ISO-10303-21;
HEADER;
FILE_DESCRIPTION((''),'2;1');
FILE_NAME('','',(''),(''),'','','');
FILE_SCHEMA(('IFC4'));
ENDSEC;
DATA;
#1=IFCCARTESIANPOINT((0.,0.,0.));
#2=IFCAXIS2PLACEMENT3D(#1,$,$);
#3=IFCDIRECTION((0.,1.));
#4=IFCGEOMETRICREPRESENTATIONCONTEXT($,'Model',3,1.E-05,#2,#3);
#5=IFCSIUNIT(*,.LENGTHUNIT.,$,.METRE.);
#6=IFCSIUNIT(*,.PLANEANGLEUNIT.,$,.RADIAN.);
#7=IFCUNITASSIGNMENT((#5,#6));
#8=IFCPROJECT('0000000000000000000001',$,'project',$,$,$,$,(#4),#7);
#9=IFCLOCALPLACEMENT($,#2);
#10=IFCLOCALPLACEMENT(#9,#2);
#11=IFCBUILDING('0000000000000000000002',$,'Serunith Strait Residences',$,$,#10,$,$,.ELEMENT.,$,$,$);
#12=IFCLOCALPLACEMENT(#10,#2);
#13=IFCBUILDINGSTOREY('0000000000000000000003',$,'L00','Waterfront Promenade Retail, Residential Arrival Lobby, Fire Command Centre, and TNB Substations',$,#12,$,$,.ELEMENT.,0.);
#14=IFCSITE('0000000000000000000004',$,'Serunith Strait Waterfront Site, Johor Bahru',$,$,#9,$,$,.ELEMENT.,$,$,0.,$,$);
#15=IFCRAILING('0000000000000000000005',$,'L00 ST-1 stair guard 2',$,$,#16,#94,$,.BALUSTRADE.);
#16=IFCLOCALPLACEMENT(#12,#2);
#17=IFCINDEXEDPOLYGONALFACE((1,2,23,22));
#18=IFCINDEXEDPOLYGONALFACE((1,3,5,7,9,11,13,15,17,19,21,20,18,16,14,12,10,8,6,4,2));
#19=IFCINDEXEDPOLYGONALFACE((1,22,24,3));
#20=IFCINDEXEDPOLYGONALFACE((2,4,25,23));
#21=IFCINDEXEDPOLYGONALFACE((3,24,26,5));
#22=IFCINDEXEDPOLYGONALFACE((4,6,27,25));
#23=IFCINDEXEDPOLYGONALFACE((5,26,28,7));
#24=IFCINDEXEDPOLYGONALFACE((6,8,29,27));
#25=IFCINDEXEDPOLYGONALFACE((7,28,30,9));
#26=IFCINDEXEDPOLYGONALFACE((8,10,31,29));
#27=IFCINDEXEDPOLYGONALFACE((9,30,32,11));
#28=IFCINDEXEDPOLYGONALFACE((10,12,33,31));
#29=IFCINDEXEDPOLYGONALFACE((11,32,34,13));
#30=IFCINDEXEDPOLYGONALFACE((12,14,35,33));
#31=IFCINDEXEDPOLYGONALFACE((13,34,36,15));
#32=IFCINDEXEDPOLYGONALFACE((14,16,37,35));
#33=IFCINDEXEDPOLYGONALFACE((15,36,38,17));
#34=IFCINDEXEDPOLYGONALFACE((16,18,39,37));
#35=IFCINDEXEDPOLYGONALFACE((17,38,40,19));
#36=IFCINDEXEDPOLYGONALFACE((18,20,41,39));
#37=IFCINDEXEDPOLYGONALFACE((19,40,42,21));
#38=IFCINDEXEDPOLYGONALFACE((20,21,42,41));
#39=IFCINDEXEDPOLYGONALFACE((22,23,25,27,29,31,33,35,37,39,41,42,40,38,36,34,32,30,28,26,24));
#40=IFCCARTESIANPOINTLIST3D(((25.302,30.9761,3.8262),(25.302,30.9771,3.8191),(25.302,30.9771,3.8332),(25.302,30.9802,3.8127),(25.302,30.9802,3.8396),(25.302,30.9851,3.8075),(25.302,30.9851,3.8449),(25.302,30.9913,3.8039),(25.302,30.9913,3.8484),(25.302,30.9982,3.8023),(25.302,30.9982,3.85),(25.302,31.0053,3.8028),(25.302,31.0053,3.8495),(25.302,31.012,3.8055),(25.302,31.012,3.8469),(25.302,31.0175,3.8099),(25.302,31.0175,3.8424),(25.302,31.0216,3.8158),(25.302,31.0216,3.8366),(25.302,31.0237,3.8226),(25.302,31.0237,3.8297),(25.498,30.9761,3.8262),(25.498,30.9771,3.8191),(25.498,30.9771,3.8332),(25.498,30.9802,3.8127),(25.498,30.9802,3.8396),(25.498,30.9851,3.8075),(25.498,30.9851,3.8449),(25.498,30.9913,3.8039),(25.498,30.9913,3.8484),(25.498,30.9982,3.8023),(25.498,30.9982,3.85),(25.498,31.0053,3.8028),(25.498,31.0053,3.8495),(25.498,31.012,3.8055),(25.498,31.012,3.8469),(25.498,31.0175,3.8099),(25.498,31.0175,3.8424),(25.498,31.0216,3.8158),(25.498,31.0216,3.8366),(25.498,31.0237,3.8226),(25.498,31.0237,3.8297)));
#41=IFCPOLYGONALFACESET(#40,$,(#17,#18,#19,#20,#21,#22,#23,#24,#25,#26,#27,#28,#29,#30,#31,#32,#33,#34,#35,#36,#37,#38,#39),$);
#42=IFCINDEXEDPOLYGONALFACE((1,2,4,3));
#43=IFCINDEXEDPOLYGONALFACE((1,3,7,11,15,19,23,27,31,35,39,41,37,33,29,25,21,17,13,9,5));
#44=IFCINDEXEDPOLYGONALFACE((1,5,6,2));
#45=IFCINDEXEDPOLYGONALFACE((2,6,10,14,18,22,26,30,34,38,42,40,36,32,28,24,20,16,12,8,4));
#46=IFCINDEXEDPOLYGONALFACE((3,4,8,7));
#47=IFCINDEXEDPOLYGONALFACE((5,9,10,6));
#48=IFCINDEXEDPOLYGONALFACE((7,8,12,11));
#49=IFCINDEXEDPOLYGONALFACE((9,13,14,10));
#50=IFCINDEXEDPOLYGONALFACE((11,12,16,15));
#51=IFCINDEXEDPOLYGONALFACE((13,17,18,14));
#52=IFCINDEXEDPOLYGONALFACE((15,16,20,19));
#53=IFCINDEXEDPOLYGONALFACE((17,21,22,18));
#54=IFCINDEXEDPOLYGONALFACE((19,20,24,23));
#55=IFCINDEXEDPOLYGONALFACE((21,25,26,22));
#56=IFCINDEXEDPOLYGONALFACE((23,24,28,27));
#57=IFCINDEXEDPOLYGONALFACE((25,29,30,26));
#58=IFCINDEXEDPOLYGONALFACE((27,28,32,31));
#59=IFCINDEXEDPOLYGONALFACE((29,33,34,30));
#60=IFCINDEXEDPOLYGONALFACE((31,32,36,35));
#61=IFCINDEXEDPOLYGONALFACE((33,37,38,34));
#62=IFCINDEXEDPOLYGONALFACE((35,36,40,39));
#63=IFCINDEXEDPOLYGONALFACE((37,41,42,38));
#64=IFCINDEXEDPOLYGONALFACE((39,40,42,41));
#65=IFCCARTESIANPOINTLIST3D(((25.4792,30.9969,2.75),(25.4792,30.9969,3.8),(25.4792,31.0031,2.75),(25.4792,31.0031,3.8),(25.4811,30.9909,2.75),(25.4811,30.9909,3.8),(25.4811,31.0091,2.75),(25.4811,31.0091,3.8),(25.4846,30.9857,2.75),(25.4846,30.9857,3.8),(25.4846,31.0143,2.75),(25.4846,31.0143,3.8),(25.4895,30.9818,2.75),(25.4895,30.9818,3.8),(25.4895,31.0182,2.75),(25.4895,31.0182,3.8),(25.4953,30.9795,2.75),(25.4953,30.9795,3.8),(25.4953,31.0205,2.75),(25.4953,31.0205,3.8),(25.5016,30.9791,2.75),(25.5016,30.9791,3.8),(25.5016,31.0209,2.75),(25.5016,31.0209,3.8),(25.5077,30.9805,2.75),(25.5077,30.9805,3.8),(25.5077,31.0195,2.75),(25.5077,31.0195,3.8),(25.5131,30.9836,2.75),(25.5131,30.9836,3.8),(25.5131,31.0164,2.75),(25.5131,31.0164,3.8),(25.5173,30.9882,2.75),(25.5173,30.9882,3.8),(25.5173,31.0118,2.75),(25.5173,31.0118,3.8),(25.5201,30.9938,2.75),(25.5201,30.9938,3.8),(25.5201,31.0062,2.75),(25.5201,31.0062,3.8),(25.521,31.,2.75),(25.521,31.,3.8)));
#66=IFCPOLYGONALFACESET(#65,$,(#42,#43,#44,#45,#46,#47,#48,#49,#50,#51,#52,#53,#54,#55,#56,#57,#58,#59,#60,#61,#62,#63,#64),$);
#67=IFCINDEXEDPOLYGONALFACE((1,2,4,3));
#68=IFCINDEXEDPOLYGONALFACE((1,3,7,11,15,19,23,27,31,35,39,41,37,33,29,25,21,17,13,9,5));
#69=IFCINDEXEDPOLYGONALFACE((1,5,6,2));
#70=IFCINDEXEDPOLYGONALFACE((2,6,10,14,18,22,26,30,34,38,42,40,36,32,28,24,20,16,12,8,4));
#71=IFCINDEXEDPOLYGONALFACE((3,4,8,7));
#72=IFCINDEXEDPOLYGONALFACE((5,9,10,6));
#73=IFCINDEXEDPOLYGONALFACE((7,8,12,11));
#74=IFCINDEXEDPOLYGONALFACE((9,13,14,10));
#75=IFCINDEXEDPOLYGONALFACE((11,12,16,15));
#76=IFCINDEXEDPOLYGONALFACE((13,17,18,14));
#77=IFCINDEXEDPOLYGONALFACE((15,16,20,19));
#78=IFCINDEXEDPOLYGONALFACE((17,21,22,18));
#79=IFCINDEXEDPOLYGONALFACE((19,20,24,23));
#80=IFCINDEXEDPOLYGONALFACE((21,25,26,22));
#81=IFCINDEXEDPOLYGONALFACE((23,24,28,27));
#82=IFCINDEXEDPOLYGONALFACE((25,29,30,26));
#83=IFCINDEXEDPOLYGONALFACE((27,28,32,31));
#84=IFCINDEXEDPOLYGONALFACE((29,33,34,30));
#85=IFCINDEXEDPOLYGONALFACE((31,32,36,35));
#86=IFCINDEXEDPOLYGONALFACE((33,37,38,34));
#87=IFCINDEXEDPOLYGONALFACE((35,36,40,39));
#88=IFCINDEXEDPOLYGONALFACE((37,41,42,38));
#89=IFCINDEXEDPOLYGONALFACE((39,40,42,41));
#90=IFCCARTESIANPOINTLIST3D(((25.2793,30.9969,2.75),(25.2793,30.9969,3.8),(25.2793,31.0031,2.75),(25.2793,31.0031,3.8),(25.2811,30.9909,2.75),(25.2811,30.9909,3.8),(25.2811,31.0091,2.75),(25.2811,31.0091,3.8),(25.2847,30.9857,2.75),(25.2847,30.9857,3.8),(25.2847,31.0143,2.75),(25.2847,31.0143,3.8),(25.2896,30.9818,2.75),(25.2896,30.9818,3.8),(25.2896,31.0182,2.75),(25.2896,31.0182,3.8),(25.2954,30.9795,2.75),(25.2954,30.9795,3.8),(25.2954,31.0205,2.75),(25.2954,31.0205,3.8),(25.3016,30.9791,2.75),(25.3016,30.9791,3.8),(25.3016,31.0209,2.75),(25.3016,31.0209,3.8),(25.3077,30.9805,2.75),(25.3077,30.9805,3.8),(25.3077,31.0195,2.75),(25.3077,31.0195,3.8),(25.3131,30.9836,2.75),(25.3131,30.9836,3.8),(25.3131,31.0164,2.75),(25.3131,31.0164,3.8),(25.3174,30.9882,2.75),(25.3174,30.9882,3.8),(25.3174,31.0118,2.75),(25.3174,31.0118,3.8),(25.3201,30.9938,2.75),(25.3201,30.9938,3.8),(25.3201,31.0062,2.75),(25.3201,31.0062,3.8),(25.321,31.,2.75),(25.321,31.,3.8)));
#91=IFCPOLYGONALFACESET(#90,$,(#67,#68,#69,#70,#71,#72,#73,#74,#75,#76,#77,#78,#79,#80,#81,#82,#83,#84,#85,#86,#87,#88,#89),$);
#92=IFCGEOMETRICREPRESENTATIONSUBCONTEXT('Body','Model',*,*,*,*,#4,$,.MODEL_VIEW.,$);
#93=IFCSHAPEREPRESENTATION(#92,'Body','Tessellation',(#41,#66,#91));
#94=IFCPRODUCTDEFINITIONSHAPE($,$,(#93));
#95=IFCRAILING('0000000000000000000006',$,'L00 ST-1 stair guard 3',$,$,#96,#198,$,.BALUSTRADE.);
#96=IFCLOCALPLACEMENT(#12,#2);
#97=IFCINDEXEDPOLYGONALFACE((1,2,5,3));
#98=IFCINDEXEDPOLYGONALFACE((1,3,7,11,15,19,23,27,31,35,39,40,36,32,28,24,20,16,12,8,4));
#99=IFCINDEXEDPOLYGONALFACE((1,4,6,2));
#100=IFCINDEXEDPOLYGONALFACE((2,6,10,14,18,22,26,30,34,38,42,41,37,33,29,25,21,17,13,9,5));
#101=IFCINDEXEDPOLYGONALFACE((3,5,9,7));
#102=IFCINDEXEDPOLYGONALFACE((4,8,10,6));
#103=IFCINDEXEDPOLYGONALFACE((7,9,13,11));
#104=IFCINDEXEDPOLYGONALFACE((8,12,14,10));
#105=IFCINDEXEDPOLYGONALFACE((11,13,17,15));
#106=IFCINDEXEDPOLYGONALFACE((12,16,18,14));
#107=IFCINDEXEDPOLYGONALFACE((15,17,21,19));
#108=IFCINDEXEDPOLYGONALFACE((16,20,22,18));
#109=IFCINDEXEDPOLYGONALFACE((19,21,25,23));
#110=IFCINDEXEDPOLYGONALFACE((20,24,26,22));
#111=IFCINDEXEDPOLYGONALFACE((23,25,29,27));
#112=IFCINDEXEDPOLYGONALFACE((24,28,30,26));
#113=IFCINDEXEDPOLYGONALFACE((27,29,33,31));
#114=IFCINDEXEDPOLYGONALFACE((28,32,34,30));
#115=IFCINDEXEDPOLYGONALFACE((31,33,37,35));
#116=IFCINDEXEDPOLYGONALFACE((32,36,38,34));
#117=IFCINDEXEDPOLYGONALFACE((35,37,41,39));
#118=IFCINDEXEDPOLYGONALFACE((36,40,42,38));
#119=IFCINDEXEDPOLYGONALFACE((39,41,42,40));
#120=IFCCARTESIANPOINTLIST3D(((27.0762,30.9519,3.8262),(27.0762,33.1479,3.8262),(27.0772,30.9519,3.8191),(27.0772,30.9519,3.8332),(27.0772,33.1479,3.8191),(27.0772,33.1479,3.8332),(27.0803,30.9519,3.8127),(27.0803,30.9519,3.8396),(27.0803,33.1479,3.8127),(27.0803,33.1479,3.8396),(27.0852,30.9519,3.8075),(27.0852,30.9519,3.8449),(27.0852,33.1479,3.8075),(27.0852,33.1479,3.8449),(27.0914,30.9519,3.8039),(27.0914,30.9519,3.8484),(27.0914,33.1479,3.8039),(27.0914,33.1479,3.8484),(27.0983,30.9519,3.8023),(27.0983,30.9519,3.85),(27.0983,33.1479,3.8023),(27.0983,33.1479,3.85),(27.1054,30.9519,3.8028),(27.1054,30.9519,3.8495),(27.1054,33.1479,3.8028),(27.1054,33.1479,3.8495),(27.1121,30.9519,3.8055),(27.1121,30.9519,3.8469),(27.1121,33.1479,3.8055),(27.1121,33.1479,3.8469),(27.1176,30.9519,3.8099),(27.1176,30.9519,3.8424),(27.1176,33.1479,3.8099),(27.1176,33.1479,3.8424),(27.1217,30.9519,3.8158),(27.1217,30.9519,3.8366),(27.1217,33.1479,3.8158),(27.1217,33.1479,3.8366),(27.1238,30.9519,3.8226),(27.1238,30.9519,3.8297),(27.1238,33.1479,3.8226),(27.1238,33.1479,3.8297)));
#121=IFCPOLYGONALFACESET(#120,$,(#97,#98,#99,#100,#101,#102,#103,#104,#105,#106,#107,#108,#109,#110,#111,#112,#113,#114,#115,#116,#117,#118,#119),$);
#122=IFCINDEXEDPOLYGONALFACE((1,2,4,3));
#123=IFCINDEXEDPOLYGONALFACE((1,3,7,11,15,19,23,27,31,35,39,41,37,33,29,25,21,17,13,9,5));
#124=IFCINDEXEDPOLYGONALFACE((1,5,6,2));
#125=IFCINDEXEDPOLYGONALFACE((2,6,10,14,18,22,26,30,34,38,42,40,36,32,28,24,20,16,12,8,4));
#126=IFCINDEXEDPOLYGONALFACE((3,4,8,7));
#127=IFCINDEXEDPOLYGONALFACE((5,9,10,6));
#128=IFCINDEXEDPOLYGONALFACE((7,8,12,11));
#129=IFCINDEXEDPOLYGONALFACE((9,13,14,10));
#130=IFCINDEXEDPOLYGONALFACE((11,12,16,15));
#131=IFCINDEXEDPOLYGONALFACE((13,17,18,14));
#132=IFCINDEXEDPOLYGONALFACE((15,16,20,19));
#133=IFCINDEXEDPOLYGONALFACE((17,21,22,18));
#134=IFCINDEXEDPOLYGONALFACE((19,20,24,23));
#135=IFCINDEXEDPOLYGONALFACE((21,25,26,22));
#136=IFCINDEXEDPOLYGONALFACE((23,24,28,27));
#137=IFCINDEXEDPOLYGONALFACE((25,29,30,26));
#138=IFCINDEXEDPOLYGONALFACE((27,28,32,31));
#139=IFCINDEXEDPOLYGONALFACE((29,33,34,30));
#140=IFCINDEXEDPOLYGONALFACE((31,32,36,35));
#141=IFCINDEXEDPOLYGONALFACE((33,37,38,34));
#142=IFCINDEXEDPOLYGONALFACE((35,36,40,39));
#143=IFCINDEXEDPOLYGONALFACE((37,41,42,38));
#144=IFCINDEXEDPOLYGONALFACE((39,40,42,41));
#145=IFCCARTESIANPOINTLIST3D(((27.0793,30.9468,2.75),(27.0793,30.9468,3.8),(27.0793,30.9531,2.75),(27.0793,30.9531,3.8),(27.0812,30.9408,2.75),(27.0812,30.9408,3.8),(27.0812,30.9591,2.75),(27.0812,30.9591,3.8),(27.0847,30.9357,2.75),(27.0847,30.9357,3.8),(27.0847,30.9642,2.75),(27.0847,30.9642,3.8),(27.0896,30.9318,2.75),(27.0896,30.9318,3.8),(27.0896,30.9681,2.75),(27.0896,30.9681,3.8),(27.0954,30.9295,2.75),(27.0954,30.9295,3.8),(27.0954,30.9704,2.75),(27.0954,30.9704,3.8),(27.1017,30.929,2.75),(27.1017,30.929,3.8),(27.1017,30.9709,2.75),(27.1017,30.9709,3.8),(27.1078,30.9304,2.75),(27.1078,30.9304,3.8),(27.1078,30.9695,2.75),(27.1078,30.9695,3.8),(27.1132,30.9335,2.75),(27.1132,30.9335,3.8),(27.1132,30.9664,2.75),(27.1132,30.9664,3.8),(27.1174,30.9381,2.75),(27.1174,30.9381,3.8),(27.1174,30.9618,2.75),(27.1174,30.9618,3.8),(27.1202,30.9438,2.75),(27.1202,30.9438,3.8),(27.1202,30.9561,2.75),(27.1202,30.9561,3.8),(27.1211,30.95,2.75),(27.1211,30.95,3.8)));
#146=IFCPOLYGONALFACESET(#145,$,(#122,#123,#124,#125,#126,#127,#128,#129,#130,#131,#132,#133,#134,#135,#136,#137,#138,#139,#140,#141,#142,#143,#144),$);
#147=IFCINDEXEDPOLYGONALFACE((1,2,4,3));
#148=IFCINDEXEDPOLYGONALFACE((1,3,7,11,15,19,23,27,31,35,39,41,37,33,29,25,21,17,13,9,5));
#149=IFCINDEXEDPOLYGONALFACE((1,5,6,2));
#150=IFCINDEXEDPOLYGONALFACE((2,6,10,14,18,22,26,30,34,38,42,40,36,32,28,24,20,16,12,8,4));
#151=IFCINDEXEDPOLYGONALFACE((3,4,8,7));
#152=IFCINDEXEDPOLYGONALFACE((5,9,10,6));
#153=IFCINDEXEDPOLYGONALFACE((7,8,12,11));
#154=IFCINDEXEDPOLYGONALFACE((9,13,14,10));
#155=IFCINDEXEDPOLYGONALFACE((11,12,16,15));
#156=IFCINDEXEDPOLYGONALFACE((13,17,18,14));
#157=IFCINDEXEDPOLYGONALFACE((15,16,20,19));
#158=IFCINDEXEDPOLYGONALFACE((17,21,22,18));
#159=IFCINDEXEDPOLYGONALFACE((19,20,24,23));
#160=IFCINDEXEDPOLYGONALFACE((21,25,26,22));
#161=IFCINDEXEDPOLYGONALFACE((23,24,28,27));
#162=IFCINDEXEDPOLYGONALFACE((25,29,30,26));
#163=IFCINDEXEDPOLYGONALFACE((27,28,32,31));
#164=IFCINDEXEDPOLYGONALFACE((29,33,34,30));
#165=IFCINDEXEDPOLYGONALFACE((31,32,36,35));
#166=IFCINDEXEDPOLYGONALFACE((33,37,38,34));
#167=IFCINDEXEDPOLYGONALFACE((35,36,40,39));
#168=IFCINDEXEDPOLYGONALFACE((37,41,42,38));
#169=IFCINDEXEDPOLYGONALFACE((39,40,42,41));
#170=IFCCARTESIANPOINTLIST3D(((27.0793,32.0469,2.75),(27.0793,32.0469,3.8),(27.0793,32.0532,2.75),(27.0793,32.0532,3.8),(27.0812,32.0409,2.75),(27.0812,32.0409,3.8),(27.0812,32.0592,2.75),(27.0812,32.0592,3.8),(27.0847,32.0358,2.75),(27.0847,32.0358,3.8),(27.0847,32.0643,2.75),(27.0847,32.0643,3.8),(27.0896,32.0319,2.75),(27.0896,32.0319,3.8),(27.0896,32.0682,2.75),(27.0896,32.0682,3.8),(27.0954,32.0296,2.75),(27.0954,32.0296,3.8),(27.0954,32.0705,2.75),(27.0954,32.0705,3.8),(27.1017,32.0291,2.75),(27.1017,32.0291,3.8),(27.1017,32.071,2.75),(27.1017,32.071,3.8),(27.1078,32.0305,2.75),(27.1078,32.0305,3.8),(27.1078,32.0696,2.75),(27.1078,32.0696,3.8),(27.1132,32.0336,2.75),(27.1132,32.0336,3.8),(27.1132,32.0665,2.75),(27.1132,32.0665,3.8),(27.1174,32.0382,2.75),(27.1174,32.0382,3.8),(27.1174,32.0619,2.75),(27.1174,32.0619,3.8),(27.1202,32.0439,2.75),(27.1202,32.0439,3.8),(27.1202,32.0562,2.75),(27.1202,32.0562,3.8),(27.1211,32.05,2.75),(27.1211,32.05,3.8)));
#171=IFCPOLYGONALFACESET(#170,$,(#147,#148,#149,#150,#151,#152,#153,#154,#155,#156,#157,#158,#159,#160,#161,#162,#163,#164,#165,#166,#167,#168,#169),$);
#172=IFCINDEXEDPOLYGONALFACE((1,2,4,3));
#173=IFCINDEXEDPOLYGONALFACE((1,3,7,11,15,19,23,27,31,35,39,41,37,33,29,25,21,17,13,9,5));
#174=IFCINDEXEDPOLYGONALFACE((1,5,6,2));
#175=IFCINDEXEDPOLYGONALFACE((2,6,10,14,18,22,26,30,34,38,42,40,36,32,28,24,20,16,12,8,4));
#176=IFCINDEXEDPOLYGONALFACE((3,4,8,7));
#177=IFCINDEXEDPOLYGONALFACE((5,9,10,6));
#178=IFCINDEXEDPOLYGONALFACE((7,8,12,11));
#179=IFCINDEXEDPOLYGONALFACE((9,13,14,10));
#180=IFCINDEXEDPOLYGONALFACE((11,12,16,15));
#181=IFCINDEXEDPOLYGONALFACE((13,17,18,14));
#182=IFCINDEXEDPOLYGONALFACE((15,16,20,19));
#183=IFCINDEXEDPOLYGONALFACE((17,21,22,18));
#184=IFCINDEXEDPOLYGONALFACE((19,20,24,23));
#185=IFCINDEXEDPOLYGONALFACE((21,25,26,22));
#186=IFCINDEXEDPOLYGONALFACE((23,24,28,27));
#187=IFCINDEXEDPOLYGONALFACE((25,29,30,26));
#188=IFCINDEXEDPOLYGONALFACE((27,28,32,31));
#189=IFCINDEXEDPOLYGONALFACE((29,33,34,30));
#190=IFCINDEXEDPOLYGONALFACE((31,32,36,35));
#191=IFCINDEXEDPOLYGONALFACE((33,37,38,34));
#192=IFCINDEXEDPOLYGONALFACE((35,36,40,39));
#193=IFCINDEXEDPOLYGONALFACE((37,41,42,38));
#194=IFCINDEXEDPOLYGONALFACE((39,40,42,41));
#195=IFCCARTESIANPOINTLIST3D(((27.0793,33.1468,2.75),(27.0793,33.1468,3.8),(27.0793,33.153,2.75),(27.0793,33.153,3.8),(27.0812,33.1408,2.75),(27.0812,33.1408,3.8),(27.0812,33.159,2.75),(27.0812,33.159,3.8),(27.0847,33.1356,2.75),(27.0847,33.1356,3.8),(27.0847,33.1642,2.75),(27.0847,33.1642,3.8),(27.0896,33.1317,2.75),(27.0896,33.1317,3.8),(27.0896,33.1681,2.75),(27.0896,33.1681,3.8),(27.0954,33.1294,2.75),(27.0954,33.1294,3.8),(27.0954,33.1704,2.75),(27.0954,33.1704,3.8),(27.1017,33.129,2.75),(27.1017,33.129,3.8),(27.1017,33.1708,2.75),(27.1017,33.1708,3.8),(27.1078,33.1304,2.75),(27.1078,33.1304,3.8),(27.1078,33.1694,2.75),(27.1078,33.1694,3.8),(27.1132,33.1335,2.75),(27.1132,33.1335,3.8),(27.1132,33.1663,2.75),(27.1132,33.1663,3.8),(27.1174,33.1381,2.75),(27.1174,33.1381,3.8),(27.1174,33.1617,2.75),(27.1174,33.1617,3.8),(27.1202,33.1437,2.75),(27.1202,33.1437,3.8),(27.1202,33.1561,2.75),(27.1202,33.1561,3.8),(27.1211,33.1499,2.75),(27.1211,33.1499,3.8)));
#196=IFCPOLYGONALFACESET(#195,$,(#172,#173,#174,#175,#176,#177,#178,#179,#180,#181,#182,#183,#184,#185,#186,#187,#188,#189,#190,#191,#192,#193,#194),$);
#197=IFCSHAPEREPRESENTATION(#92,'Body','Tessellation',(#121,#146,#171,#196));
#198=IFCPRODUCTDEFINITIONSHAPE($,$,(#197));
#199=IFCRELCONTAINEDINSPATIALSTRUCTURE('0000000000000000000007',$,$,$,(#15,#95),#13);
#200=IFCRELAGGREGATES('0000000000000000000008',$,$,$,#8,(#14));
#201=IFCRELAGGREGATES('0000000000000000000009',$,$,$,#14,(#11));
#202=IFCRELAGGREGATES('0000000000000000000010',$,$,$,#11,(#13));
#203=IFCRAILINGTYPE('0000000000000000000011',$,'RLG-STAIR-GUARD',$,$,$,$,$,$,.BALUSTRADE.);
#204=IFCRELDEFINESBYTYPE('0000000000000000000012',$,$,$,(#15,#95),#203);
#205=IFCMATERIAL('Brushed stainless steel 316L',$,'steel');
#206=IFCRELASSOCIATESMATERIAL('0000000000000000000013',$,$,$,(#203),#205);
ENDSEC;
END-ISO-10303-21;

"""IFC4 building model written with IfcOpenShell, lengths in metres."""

from ifc_helpers import new_model, si_unit, direction, frame, origin, origin_2d, place, context, subcontext, project, spatial, circle, extrude, material, type_object, element, save


model = new_model("IFC4")

# Units and contexts
model_context = context("Model", 3, precision=1e-05, world=origin(), true_north=direction((0.0, 1.0)))
body_context = subcontext(model_context, "Body", "Model", "MODEL_VIEW")
ifc_project = project(units=[si_unit("LENGTHUNIT", "METRE"), si_unit("PLANEANGLEUNIT", "RADIAN")], contexts=[model_context])

# Site, building, storey
site_placement = place(None, origin())
site = spatial("IfcSite", under=ifc_project, at=site_placement, Name="Serunith Strait Waterfront Site, Johor Bahru", CompositionType="ELEMENT", RefElevation=0.0)
building_placement = place(site_placement, origin())
building = spatial("IfcBuilding", under=site, at=building_placement, Name="Serunith Strait Residences", CompositionType="ELEMENT")
storey_placement = place(building_placement, origin())
storey = spatial("IfcBuildingStorey", under=building, at=storey_placement, Name="L00", Description="Waterfront Promenade Retail, Residential Arrival Lobby, Fire Command Centre, and TNB Substations", CompositionType="ELEMENT", Elevation=0.0)

# Railings
ifc_material_1 = material(Name="Brushed stainless steel 316L", Category="steel")
railing_type_1 = type_object("IfcRailingType", Name="RLG-STAIR-GUARD", PredefinedType="BALUSTRADE", material=ifc_material_1)
railing_1_placement = place(storey_placement, frame((25.5, 31.0, 2.75)))
element("IfcRailing", 1, at=railing_1_placement, inside=storey, type_object=railing_type_1, Name="L00 ST-1 stair guard 2", PredefinedType="BALUSTRADE", context=body_context, shape_type="SweptSolid", body=[
    extrude(circle(Radius=0.0239, at=origin_2d()), frame((-0.002, 0.0, 1.0762), z_axis=(-1.0, 0.0, 0.0), x_axis=(0.0, -1.0, 0.0)), (0.0, 0.0, 1.0), 0.196),
    extrude(circle(Radius=0.021, at=origin_2d()), origin(), (0.0, 0.0, 1.0), 1.05),
    extrude(circle(Radius=0.021, at=origin_2d()), frame((-0.2, 0.0, 0.0)), (0.0, 0.0, 1.0), 1.05),
])
for number, where, name in (
    (2, (27.1001, 30.95, 2.75), "L00 ST-1 stair guard 3"),
):
    element("IfcRailing", number, at=place(storey_placement, frame(where)), inside=storey, type_object=railing_type_1, Name=name, PredefinedType="BALUSTRADE", context=body_context, shape_type="SweptSolid", body=[
        extrude(circle(Radius=0.0239, at=origin_2d()), frame((0.0, 0.002, 1.0762), z_axis=(0.0, 1.0, 0.0), x_axis=(-1.0, 0.0, 0.0)), (0.0, 0.0, 1.0), 2.196),
        extrude(circle(Radius=0.021, at=origin_2d()), origin(), (0.0, 0.0, 1.0), 1.05),
        extrude(circle(Radius=0.021, at=origin_2d()), frame((0.0, 1.1001, 0.0)), (0.0, 0.0, 1.0), 1.05),
        extrude(circle(Radius=0.021, at=origin_2d()), frame((0.0, 2.2, 0.0)), (0.0, 0.0, 1.0), 1.05),
    ])

save(model, "model.ifc")
